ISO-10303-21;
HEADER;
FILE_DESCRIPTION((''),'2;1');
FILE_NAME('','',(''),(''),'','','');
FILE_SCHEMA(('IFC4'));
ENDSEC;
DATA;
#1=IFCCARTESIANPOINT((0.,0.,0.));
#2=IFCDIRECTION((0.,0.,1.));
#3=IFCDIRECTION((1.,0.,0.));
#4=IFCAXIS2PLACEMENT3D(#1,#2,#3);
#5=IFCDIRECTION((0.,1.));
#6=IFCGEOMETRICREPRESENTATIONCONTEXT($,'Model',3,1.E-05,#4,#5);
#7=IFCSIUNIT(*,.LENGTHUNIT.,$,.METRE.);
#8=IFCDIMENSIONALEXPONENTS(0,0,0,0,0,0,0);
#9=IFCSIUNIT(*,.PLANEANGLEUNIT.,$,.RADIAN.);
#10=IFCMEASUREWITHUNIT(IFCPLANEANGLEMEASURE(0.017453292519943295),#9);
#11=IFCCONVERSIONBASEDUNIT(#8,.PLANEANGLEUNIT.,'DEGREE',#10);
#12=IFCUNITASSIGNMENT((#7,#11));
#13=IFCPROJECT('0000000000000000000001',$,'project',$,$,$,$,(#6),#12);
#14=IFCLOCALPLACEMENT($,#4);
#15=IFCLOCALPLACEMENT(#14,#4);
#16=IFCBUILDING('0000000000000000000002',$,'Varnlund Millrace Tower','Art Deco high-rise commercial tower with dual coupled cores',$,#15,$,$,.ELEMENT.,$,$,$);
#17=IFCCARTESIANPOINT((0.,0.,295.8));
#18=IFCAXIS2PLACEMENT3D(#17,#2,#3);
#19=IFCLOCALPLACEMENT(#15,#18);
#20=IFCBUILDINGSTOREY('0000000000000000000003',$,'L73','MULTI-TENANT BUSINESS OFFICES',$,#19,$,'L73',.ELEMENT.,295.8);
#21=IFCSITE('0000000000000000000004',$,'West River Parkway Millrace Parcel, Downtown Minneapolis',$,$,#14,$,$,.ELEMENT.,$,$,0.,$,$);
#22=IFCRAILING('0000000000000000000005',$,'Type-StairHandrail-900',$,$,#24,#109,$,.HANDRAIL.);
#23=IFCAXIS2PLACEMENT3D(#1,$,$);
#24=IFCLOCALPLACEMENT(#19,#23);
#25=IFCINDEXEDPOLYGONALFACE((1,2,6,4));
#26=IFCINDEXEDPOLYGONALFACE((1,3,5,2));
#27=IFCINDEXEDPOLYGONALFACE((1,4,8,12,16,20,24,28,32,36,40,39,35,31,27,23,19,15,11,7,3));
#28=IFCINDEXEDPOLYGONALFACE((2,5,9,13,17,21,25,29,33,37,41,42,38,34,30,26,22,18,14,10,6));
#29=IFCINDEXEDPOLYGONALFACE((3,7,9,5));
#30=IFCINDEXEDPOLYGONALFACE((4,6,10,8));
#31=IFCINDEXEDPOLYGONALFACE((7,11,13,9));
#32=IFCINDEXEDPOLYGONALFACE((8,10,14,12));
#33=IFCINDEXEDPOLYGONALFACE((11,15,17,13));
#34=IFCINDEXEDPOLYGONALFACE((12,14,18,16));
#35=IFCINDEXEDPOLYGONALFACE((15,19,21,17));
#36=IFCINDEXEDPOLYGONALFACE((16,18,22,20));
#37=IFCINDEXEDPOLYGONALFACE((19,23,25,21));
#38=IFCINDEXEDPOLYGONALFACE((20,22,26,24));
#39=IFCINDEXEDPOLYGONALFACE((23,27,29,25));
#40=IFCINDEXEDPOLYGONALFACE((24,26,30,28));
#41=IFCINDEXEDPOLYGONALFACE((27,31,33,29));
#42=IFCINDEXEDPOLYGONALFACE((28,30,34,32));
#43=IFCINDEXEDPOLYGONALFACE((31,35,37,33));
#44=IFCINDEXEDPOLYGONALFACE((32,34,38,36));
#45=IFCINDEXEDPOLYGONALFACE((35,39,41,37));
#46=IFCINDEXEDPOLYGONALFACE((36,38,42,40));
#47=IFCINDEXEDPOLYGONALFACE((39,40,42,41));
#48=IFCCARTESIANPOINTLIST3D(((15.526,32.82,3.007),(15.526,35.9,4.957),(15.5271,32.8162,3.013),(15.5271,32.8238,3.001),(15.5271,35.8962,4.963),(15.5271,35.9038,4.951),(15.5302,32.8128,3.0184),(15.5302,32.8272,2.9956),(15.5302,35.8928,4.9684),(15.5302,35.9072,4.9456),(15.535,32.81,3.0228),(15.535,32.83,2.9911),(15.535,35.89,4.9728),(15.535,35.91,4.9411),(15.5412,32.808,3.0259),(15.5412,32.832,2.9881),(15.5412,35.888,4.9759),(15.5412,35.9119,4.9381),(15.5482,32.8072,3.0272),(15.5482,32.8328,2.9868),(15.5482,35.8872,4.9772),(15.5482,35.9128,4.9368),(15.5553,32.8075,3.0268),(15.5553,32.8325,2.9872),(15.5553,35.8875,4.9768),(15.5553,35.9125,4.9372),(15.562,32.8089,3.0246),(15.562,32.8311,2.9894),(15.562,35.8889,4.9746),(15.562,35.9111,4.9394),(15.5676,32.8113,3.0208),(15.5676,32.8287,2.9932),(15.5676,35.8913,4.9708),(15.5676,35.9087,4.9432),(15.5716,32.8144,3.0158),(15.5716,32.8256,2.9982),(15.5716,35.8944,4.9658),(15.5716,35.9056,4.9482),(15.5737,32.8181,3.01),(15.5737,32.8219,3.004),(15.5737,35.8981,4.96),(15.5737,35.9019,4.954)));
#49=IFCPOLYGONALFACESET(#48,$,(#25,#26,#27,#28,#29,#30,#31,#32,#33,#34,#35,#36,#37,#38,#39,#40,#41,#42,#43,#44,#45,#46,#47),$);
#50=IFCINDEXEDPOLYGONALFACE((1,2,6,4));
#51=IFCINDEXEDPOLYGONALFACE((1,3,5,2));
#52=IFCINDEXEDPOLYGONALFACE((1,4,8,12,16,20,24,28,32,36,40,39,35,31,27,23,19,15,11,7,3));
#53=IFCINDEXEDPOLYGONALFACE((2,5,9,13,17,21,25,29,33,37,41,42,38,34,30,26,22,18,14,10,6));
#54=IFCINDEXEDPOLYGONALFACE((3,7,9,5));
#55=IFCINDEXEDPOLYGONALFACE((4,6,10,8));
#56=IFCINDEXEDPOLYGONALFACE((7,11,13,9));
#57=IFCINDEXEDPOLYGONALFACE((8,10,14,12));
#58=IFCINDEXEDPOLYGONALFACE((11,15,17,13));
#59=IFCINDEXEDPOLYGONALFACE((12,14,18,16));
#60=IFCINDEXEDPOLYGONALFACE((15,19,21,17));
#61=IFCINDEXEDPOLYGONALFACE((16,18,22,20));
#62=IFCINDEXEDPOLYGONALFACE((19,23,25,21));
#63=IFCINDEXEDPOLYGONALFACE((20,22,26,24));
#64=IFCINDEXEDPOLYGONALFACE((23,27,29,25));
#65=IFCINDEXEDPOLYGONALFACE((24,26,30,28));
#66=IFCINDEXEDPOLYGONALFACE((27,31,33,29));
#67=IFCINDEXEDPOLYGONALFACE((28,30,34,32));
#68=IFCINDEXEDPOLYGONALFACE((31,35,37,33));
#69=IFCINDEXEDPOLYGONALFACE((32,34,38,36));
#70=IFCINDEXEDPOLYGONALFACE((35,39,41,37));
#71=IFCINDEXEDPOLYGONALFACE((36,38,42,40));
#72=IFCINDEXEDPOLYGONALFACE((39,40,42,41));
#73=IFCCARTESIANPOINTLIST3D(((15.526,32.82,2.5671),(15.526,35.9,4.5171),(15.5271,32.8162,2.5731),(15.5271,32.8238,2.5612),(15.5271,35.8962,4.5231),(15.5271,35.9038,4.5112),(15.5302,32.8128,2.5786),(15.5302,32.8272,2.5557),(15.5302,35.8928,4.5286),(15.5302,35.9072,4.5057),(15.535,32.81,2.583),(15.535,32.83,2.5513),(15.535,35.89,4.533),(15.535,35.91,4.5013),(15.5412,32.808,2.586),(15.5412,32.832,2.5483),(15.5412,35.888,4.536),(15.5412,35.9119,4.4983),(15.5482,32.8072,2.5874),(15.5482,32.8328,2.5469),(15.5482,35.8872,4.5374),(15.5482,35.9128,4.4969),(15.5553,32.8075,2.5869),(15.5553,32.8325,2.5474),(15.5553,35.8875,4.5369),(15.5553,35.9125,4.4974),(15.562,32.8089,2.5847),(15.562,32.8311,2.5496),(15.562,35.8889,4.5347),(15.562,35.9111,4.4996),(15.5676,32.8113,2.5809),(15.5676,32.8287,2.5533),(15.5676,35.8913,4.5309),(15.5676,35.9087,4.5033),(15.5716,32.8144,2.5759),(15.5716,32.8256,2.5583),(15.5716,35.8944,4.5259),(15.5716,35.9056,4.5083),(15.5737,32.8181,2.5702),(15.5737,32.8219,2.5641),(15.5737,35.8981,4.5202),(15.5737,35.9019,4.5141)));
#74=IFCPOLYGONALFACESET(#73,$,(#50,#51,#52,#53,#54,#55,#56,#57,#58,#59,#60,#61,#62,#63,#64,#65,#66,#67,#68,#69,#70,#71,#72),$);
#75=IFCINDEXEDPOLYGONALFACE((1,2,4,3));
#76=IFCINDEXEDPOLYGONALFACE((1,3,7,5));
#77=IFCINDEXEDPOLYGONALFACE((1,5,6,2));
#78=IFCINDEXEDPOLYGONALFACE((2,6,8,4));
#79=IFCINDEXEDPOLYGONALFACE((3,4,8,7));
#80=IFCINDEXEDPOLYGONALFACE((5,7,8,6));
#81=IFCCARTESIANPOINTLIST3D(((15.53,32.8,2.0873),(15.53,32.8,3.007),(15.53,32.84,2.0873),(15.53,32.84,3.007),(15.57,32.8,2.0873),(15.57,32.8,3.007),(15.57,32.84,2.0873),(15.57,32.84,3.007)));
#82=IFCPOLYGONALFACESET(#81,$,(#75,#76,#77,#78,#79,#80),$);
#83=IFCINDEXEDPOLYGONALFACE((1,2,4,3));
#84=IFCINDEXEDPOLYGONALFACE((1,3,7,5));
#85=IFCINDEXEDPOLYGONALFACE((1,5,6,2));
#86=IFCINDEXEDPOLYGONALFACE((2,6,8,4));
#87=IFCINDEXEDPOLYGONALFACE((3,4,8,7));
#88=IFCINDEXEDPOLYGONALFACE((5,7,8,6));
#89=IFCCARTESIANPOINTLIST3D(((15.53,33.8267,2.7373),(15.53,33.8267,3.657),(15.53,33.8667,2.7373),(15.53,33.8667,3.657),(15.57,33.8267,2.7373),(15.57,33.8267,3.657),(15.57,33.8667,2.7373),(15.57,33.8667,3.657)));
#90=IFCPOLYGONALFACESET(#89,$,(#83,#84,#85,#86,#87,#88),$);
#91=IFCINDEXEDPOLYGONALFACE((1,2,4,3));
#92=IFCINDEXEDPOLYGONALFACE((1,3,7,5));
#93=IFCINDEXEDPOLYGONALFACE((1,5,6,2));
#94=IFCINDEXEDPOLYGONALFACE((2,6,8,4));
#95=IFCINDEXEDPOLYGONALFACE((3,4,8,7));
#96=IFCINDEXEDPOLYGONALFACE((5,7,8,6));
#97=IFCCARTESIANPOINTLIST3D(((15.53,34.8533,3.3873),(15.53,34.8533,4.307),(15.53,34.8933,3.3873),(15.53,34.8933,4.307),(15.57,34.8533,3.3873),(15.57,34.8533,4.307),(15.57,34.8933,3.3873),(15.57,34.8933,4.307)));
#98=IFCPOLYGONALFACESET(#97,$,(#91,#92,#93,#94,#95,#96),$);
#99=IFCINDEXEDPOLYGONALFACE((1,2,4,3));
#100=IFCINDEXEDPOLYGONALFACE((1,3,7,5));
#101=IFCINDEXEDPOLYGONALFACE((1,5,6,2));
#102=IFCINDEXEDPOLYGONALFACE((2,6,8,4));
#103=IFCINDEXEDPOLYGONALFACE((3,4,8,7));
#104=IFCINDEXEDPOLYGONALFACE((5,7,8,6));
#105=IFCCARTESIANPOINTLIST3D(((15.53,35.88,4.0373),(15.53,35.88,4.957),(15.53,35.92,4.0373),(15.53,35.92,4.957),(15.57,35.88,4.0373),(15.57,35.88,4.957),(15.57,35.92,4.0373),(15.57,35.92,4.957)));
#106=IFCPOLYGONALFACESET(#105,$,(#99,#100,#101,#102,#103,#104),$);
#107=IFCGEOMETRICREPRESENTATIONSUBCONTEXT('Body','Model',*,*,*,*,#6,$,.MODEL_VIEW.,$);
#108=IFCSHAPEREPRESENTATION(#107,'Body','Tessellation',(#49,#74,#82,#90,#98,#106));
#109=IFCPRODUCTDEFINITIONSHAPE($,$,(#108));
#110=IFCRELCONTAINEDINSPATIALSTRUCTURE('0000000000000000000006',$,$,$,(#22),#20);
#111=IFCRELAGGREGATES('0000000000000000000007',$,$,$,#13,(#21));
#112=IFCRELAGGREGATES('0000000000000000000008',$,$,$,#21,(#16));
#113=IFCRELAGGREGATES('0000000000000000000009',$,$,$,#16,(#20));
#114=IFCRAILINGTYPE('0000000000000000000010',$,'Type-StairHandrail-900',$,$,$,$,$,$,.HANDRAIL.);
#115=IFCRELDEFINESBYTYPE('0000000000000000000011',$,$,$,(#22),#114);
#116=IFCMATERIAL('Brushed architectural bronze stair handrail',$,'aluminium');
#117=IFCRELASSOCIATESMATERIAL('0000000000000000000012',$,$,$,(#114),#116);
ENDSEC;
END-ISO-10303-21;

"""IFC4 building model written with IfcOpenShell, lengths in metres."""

from ifc_helpers import new_model, entity, si_unit, converted_unit, direction, frame, origin_with_axes, origin_2d_with_axis, place, context, subcontext, project, spatial, rectangle, circle, extrude, material, type_object, element, save


model = new_model("IFC4")

# Units and contexts
model_context = context("Model", 3, precision=1e-05, world=origin_with_axes(), true_north=direction((0.0, 1.0)))
body_context = subcontext(model_context, "Body", "Model", "MODEL_VIEW")
ifc_project = project(units=[si_unit("LENGTHUNIT", "METRE"), converted_unit("PLANEANGLEUNIT", "DEGREE", entity("IfcPlaneAngleMeasure", 0.017453292519943295), si_unit("PLANEANGLEUNIT", "RADIAN"), dimensions=[0, 0, 0, 0, 0, 0, 0])], contexts=[model_context])

# Site, building, storey
site_placement = place(None, origin_with_axes())
site = spatial("IfcSite", under=ifc_project, at=site_placement, Name="West River Parkway Millrace Parcel, Downtown Minneapolis", CompositionType="ELEMENT", RefElevation=0.0)
building_placement = place(site_placement, origin_with_axes())
building = spatial("IfcBuilding", under=site, at=building_placement, Name="Varnlund Millrace Tower", Description="Art Deco high-rise commercial tower with dual coupled cores", CompositionType="ELEMENT")
storey_placement = place(building_placement, frame((0.0, 0.0, 295.8), z_axis=(0.0, 0.0, 1.0), x_axis=(1.0, 0.0, 0.0)))
storey = spatial("IfcBuildingStorey", under=building, at=storey_placement, Name="L73", Description="MULTI-TENANT BUSINESS OFFICES", LongName="L73", CompositionType="ELEMENT", Elevation=295.8)

# Railing
ifc_material_1 = material(Name="Brushed architectural bronze stair handrail", Category="aluminium")
railing_type_1 = type_object("IfcRailingType", Name="Type-StairHandrail-900", PredefinedType="HANDRAIL", material=ifc_material_1)
railing_1_placement = place(storey_placement, frame((0.0, 0.0, -295.8), z_axis=(0.0, 0.0, 1.0), x_axis=(1.0, 0.0, 0.0)))
element("IfcRailing", 1, at=railing_1_placement, inside=storey, type_object=railing_type_1, Name="Type-StairHandrail-900", PredefinedType="HANDRAIL", context=body_context, shape_type="SweptSolid", body=[
    extrude(circle(Radius=0.024, at=origin_2d_with_axis()), frame((15.55, 32.82, 298.807), z_axis=(0.0, 0.844902, 0.534922), x_axis=(-1.0, 0.0, 0.0)), (0.0, 0.0, 1.0), 3.6454),
    extrude(circle(Radius=0.024, at=origin_2d_with_axis()), frame((15.55, 32.82, 298.3671), z_axis=(0.0, 0.844902, 0.534922), x_axis=(-1.0, 0.0, 0.0)), (0.0, 0.0, 1.0), 3.6454),
    extrude(rectangle(XDim=0.04, YDim=0.04, at=origin_2d_with_axis()), frame((15.55, 32.82, 297.8873), z_axis=(0.0, 0.0, 1.0), x_axis=(1.0, 0.0, 0.0)), (0.0, 0.0, 1.0), 0.9197),
    extrude(rectangle(XDim=0.04, YDim=0.04, at=origin_2d_with_axis()), frame((15.55, 33.8467, 298.5373), z_axis=(0.0, 0.0, 1.0), x_axis=(1.0, 0.0, 0.0)), (0.0, 0.0, 1.0), 0.9197),
    extrude(rectangle(XDim=0.04, YDim=0.04, at=origin_2d_with_axis()), frame((15.55, 34.8733, 299.1873), z_axis=(0.0, 0.0, 1.0), x_axis=(1.0, 0.0, 0.0)), (0.0, 0.0, 1.0), 0.9197),
    extrude(rectangle(XDim=0.04, YDim=0.04, at=origin_2d_with_axis()), frame((15.55, 35.9, 299.8373), z_axis=(0.0, 0.0, 1.0), x_axis=(1.0, 0.0, 0.0)), (0.0, 0.0, 1.0), 0.9197),
])

save(model, "model.ifc")
